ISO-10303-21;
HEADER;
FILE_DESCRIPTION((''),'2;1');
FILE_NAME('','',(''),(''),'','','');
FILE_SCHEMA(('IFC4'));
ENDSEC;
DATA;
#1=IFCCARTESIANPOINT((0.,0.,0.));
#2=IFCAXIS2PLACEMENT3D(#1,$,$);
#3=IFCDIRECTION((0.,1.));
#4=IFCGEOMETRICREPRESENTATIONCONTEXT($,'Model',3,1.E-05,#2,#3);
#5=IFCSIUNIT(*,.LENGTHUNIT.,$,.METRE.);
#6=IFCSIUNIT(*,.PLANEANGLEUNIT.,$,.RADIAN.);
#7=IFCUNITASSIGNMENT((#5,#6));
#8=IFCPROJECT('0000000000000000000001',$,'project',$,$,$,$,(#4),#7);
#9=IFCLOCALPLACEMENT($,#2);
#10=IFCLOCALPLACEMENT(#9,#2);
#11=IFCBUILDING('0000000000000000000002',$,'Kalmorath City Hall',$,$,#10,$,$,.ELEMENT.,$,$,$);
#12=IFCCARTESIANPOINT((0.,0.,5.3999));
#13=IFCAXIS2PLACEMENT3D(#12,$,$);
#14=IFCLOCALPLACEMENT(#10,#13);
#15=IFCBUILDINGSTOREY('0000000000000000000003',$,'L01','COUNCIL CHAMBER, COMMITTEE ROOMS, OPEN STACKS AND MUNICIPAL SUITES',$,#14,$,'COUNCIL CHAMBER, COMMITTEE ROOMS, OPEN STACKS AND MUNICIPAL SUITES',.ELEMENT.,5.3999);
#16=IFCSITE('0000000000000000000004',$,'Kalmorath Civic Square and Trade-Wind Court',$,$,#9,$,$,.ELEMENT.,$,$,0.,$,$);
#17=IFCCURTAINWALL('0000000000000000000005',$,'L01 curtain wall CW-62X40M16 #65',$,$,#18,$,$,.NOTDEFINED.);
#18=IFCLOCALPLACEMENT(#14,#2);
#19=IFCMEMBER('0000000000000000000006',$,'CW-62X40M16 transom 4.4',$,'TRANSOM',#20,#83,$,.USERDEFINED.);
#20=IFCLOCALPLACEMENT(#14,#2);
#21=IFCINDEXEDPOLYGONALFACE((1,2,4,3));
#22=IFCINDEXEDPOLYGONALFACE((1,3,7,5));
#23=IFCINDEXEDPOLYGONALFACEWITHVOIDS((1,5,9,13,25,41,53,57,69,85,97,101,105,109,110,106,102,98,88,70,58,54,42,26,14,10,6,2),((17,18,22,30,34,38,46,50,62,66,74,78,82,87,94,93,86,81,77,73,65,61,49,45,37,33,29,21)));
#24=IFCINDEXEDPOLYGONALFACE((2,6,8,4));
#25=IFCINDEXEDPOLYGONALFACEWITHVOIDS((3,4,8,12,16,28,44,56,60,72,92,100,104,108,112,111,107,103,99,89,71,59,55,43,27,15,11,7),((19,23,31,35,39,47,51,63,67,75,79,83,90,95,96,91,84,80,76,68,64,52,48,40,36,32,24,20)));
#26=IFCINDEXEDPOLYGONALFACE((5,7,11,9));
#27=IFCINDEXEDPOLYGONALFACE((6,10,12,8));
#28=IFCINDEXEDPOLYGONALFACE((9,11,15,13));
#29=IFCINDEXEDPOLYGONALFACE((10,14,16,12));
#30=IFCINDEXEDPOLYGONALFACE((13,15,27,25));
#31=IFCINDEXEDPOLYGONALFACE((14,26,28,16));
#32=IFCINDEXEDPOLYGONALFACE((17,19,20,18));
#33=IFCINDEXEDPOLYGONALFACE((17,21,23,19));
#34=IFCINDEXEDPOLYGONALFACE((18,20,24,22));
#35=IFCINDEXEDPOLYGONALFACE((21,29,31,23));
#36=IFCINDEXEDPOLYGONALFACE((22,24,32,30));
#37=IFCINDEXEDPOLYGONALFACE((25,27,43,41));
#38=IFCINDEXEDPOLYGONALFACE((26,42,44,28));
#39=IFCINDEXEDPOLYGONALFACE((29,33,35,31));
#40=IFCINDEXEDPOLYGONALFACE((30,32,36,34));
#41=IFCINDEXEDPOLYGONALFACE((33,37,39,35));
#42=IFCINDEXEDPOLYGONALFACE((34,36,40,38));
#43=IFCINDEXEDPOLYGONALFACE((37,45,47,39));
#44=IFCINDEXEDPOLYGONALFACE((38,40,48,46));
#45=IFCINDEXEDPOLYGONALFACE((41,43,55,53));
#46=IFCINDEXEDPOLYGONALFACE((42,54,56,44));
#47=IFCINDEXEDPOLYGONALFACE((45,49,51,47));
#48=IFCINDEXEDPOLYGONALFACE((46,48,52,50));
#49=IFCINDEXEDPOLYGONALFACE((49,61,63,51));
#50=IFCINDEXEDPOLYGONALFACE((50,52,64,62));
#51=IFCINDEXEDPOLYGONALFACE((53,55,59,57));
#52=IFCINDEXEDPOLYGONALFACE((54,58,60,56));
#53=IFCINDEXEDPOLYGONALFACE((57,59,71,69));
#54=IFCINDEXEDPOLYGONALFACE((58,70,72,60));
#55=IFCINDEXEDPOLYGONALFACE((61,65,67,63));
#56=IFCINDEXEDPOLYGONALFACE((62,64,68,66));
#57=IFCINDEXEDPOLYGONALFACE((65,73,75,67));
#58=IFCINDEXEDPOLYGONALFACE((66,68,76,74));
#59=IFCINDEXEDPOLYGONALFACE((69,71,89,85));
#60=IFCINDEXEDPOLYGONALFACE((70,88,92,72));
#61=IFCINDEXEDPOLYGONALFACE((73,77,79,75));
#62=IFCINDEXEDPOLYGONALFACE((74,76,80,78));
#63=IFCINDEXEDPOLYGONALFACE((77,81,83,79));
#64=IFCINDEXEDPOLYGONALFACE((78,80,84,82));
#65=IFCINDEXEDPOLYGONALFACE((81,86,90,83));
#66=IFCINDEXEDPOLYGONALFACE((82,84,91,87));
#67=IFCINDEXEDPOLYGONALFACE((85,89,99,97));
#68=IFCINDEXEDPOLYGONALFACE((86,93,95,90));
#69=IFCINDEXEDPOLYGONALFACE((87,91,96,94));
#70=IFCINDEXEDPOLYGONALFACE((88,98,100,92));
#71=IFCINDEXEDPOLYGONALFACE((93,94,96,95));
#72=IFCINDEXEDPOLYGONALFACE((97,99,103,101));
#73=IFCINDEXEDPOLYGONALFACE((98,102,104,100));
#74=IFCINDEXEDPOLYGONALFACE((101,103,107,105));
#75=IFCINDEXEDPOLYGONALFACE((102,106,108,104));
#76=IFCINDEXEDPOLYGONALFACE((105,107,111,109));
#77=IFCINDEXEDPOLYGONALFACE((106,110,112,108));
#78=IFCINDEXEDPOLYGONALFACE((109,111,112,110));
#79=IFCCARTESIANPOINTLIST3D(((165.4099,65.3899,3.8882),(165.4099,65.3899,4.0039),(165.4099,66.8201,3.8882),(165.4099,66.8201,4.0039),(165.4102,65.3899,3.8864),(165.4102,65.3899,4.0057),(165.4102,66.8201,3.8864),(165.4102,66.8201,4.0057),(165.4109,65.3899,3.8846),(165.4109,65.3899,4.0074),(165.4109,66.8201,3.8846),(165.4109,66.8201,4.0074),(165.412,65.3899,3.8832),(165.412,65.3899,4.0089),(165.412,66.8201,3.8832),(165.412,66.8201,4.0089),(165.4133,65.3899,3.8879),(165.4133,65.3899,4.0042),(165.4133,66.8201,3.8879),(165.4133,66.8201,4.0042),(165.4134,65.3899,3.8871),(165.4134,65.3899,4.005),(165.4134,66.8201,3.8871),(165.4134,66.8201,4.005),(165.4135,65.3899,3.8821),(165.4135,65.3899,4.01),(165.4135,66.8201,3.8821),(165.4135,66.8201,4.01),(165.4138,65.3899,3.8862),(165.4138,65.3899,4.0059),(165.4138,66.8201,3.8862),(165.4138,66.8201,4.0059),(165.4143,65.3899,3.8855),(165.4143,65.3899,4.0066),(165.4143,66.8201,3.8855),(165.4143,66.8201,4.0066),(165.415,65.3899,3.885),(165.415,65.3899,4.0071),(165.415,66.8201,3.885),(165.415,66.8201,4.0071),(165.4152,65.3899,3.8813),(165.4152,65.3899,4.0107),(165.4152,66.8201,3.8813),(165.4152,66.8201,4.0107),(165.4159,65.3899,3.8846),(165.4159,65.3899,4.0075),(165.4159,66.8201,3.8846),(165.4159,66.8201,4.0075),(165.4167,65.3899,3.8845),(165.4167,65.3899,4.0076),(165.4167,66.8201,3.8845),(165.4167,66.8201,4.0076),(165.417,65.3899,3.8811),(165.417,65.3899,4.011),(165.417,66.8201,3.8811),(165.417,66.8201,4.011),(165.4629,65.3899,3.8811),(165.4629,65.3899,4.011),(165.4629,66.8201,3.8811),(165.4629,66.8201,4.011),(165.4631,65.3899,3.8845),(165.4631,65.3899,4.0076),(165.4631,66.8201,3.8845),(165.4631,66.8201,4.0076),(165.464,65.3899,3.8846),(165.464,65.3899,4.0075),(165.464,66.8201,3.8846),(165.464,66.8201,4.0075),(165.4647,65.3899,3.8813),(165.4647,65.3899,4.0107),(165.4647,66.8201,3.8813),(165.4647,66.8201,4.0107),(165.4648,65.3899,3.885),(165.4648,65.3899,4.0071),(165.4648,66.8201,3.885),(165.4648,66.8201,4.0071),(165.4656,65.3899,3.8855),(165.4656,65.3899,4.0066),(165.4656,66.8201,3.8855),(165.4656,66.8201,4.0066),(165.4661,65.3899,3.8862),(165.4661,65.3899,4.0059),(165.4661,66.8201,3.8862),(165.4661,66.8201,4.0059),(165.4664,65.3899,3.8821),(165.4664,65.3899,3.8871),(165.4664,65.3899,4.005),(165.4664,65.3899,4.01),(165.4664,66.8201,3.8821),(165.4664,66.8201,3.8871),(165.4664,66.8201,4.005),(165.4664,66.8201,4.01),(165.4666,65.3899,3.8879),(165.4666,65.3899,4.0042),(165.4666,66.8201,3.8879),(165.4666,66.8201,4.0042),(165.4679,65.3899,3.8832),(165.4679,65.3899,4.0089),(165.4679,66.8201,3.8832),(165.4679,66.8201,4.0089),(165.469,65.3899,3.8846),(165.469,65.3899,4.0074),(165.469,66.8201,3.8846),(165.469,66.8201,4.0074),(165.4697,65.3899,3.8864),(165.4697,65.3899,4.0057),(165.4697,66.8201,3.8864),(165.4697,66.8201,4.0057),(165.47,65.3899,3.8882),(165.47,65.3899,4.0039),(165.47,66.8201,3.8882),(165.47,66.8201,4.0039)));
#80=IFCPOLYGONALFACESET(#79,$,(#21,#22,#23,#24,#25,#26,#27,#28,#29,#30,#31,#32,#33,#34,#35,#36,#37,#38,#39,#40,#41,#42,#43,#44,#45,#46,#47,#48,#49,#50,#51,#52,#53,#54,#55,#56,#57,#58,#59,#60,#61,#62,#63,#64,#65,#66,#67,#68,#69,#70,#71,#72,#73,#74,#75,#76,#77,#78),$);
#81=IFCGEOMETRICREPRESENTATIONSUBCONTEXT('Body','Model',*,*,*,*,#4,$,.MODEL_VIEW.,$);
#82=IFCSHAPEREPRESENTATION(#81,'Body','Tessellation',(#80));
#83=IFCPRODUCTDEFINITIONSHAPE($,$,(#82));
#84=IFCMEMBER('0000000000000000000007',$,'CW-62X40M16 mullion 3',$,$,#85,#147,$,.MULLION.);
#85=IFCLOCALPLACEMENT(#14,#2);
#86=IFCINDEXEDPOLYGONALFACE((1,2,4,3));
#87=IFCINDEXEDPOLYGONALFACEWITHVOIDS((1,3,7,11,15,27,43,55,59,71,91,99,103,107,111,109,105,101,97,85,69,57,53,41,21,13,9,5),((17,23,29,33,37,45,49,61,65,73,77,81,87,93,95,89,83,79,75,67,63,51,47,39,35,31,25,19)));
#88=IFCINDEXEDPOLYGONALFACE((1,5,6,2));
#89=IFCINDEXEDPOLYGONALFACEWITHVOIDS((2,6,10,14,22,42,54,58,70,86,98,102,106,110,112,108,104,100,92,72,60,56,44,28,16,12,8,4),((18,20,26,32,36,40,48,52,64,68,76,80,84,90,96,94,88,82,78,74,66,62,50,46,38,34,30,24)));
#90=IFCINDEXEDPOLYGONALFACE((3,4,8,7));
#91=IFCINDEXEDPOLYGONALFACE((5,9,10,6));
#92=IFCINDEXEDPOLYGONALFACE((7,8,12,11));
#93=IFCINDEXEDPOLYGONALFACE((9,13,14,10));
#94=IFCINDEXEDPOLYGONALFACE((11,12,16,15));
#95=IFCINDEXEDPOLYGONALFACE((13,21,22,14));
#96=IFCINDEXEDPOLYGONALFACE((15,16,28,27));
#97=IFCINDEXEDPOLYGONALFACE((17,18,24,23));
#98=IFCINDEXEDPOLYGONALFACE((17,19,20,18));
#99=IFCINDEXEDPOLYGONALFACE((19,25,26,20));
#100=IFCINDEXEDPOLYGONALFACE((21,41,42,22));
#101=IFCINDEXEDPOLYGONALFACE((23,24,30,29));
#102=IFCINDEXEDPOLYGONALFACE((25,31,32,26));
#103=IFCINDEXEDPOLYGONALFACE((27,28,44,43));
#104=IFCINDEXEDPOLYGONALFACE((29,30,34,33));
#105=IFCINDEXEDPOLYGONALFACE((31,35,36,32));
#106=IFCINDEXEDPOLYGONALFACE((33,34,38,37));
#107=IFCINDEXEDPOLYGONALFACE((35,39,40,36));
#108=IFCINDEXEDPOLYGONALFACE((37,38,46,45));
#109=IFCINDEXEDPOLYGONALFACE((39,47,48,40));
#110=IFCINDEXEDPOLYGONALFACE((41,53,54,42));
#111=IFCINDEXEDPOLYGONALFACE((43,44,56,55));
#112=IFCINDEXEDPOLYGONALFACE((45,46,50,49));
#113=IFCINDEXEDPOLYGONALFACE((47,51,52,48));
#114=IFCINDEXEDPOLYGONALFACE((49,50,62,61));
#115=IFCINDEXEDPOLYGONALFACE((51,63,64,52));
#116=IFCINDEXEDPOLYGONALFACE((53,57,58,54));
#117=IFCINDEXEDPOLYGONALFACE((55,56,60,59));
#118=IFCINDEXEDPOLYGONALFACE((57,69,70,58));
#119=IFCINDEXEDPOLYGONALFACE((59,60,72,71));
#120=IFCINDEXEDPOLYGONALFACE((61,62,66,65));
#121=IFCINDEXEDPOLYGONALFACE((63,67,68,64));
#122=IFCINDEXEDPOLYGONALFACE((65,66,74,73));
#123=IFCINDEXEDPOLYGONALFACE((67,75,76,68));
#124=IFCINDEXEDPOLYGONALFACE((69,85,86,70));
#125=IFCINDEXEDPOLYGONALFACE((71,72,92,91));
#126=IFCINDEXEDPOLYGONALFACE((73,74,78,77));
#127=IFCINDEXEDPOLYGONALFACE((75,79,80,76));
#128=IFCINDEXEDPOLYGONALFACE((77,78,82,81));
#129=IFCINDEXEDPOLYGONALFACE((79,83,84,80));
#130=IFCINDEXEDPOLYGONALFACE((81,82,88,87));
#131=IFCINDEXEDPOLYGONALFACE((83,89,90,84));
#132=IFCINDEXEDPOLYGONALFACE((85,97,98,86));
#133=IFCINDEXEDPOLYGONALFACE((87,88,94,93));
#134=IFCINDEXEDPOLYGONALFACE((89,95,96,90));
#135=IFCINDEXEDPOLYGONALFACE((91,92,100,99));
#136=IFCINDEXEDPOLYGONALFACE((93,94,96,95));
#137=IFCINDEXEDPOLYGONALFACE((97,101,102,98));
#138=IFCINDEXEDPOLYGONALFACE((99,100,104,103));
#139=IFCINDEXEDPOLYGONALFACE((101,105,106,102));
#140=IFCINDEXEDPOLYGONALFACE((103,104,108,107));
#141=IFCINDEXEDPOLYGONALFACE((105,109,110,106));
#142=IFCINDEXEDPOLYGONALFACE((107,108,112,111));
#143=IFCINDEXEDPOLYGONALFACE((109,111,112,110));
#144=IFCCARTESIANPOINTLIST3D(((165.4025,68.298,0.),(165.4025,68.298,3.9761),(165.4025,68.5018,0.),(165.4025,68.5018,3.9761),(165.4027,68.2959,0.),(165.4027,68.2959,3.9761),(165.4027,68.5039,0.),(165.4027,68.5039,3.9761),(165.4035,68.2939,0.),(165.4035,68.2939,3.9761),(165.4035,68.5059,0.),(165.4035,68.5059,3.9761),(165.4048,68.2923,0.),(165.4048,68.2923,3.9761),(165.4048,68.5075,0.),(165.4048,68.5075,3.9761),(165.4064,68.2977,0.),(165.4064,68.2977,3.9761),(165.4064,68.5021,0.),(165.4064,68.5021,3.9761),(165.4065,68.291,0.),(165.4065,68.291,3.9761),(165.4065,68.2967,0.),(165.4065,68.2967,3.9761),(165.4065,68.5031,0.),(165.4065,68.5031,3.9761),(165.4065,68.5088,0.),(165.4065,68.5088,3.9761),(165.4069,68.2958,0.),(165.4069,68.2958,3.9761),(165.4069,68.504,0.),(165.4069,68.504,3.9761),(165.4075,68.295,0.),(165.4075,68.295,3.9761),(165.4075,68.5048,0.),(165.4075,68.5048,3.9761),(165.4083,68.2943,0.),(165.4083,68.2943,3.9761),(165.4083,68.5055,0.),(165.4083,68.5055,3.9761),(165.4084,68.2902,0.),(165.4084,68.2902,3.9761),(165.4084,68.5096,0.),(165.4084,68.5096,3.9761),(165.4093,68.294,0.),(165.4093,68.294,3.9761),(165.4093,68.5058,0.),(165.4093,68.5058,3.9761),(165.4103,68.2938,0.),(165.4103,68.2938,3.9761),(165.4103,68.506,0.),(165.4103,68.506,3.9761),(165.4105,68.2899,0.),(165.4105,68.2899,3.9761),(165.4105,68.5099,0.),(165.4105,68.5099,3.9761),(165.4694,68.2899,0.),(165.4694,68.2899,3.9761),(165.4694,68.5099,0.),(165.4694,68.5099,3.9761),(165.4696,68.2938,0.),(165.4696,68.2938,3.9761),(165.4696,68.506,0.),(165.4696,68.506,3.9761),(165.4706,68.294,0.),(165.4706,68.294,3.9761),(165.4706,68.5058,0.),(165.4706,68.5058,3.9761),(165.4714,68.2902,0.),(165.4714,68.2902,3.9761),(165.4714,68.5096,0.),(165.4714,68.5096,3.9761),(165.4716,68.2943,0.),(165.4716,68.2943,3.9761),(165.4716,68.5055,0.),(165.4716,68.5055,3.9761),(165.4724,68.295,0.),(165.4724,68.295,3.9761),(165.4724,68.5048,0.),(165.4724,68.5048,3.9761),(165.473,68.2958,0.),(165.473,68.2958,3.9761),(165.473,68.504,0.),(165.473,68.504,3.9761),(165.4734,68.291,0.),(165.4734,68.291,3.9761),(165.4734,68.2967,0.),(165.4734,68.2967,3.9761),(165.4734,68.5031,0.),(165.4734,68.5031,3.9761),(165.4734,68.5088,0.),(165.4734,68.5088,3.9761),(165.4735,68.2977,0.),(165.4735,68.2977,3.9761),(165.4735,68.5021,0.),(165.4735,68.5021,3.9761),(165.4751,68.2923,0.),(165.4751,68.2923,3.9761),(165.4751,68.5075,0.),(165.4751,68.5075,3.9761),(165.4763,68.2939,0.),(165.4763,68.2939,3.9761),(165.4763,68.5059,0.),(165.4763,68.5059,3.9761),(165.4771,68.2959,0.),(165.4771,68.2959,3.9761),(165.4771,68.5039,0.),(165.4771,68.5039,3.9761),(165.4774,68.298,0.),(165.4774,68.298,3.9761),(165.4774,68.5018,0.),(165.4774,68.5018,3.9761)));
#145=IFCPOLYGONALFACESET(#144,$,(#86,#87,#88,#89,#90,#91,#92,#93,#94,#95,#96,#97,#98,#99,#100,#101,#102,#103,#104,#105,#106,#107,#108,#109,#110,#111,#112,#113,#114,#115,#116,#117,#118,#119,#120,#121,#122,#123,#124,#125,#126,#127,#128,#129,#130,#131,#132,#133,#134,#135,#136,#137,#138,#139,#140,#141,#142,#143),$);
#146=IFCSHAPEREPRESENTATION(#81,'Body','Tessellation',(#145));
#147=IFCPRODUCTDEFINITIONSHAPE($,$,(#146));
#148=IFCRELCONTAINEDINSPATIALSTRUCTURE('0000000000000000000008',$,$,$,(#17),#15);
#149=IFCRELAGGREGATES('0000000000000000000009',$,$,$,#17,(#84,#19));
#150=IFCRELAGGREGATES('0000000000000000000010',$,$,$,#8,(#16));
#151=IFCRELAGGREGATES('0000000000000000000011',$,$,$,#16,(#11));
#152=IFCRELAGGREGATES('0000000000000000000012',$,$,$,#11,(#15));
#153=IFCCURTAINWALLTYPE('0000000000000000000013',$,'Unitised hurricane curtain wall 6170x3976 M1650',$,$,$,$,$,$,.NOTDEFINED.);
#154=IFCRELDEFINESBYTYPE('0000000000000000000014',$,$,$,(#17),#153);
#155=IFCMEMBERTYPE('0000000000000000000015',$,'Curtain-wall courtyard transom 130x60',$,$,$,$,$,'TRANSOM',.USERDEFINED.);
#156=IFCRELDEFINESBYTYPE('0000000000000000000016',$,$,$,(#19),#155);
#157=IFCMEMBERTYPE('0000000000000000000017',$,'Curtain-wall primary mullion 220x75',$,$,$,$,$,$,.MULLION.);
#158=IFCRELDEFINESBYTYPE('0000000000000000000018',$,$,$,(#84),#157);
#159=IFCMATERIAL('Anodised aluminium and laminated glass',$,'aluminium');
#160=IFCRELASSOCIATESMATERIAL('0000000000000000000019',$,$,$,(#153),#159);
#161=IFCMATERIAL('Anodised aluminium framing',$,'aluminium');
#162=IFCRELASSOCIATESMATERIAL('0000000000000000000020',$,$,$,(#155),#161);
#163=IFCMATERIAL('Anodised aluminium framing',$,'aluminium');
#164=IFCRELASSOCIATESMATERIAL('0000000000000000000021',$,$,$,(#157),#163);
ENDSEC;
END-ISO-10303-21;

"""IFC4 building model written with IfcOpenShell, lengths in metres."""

from ifc_helpers import new_model, si_unit, direction, frame, origin, origin_2d, place, context, subcontext, project, spatial, hollow_rectangle, extrude, material, material_profile, profile_set, type_object, element, aggregate, save


model = new_model("IFC4")

# Units and contexts
model_context = context("Model", 3, precision=1e-05, world=origin(), true_north=direction((0.0, 1.0)))
body_context = subcontext(model_context, "Body", "Model", "MODEL_VIEW")
ifc_project = project(units=[si_unit("LENGTHUNIT", "METRE"), si_unit("PLANEANGLEUNIT", "RADIAN")], contexts=[model_context])

# Site, building, storey
site_placement = place(None, origin())
site = spatial("IfcSite", under=ifc_project, at=site_placement, Name="Kalmorath Civic Square and Trade-Wind Court", CompositionType="ELEMENT", RefElevation=0.0)
building_placement = place(site_placement, origin())
building = spatial("IfcBuilding", under=site, at=building_placement, Name="Kalmorath City Hall", CompositionType="ELEMENT")
storey_placement = place(building_placement, frame((0.0, 0.0, 5.3999)))
storey = spatial("IfcBuildingStorey", under=building, at=storey_placement, Name="L01", Description="COUNCIL CHAMBER, COMMITTEE ROOMS, OPEN STACKS AND MUNICIPAL SUITES", LongName="COUNCIL CHAMBER, COMMITTEE ROOMS, OPEN STACKS AND MUNICIPAL SUITES", CompositionType="ELEMENT", Elevation=5.3999)

# Curtain wall, members
ifc_material_1 = material(Name="Anodised aluminium and laminated glass", Category="aluminium")
curtain_wall_type = type_object("IfcCurtainWallType", Name="Unitised hurricane curtain wall 6170x3976 M1650", PredefinedType="NOTDEFINED", material=ifc_material_1)
curtain_wall_placement = place(storey_placement, origin())
curtain_wall = element("IfcCurtainWall", 1, at=curtain_wall_placement, inside=storey, type_object=curtain_wall_type, Name="L01 curtain wall CW-62X40M16 #65", PredefinedType="NOTDEFINED")
ifc_material_2 = material(Name="Anodised aluminium framing", Category="aluminium")
ifc_material_profile_1 = material_profile(ifc_material_2, hollow_rectangle(XDim=0.0601, YDim=0.1299, WallThickness=0.0034, InnerFilletRadius=0.0034, OuterFilletRadius=0.0071, at=origin_2d()), Name="ALU-TRN-130X60X3.5")
ifc_profile_set_1 = profile_set([ifc_material_profile_1], Name="Anodised aluminium framing")
member_type_1 = type_object("IfcMemberType", Name="Curtain-wall courtyard transom 130x60", ElementType="TRANSOM", PredefinedType="USERDEFINED", material=ifc_profile_set_1)
member_1_placement = place(storey_placement, frame((165.4399, 66.8201, 3.946), z_axis=(0.0, -1.0, 0.0), x_axis=(1.0, 0.0, 0.0)))
member_1 = element("IfcMember", 2, at=member_1_placement, type_object=member_type_1, Name="CW-62X40M16 transom 4.4", ObjectType="TRANSOM", PredefinedType="USERDEFINED", context=body_context, shape_type="SweptSolid", body=[
    extrude(hollow_rectangle(XDim=0.0601, YDim=0.1299, WallThickness=0.0034, InnerFilletRadius=0.0034, OuterFilletRadius=0.0071, at=origin_2d()), origin(), (0.0, 0.0, 1.0), 1.4302),
])
ifc_material_3 = material(Name="Anodised aluminium framing", Category="aluminium")
ifc_material_profile_2 = material_profile(ifc_material_3, hollow_rectangle(XDim=0.075, YDim=0.22, WallThickness=0.0039, InnerFilletRadius=0.0039, OuterFilletRadius=0.0081, at=origin_2d()), Name="ALU-MUL-220X75X4")
ifc_profile_set_2 = profile_set([ifc_material_profile_2], Name="Anodised aluminium framing")
member_type_2 = type_object("IfcMemberType", Name="Curtain-wall primary mullion 220x75", PredefinedType="MULLION", material=ifc_profile_set_2)
member_2_placement = place(storey_placement, frame((165.4399, 68.3999, 0.0), z_axis=(0.0, 0.0, 1.0), x_axis=(1.0, 0.0, 0.0)))
member_2 = element("IfcMember", 3, at=member_2_placement, type_object=member_type_2, Name="CW-62X40M16 mullion 3", PredefinedType="MULLION", context=body_context, shape_type="SweptSolid", body=[
    extrude(hollow_rectangle(XDim=0.075, YDim=0.22, WallThickness=0.0039, InnerFilletRadius=0.0039, OuterFilletRadius=0.0081, at=origin_2d()), origin(), (0.0, 0.0, 1.0), 3.9761),
])
aggregate(curtain_wall, [member_2, member_1])

save(model, "model.ifc")
